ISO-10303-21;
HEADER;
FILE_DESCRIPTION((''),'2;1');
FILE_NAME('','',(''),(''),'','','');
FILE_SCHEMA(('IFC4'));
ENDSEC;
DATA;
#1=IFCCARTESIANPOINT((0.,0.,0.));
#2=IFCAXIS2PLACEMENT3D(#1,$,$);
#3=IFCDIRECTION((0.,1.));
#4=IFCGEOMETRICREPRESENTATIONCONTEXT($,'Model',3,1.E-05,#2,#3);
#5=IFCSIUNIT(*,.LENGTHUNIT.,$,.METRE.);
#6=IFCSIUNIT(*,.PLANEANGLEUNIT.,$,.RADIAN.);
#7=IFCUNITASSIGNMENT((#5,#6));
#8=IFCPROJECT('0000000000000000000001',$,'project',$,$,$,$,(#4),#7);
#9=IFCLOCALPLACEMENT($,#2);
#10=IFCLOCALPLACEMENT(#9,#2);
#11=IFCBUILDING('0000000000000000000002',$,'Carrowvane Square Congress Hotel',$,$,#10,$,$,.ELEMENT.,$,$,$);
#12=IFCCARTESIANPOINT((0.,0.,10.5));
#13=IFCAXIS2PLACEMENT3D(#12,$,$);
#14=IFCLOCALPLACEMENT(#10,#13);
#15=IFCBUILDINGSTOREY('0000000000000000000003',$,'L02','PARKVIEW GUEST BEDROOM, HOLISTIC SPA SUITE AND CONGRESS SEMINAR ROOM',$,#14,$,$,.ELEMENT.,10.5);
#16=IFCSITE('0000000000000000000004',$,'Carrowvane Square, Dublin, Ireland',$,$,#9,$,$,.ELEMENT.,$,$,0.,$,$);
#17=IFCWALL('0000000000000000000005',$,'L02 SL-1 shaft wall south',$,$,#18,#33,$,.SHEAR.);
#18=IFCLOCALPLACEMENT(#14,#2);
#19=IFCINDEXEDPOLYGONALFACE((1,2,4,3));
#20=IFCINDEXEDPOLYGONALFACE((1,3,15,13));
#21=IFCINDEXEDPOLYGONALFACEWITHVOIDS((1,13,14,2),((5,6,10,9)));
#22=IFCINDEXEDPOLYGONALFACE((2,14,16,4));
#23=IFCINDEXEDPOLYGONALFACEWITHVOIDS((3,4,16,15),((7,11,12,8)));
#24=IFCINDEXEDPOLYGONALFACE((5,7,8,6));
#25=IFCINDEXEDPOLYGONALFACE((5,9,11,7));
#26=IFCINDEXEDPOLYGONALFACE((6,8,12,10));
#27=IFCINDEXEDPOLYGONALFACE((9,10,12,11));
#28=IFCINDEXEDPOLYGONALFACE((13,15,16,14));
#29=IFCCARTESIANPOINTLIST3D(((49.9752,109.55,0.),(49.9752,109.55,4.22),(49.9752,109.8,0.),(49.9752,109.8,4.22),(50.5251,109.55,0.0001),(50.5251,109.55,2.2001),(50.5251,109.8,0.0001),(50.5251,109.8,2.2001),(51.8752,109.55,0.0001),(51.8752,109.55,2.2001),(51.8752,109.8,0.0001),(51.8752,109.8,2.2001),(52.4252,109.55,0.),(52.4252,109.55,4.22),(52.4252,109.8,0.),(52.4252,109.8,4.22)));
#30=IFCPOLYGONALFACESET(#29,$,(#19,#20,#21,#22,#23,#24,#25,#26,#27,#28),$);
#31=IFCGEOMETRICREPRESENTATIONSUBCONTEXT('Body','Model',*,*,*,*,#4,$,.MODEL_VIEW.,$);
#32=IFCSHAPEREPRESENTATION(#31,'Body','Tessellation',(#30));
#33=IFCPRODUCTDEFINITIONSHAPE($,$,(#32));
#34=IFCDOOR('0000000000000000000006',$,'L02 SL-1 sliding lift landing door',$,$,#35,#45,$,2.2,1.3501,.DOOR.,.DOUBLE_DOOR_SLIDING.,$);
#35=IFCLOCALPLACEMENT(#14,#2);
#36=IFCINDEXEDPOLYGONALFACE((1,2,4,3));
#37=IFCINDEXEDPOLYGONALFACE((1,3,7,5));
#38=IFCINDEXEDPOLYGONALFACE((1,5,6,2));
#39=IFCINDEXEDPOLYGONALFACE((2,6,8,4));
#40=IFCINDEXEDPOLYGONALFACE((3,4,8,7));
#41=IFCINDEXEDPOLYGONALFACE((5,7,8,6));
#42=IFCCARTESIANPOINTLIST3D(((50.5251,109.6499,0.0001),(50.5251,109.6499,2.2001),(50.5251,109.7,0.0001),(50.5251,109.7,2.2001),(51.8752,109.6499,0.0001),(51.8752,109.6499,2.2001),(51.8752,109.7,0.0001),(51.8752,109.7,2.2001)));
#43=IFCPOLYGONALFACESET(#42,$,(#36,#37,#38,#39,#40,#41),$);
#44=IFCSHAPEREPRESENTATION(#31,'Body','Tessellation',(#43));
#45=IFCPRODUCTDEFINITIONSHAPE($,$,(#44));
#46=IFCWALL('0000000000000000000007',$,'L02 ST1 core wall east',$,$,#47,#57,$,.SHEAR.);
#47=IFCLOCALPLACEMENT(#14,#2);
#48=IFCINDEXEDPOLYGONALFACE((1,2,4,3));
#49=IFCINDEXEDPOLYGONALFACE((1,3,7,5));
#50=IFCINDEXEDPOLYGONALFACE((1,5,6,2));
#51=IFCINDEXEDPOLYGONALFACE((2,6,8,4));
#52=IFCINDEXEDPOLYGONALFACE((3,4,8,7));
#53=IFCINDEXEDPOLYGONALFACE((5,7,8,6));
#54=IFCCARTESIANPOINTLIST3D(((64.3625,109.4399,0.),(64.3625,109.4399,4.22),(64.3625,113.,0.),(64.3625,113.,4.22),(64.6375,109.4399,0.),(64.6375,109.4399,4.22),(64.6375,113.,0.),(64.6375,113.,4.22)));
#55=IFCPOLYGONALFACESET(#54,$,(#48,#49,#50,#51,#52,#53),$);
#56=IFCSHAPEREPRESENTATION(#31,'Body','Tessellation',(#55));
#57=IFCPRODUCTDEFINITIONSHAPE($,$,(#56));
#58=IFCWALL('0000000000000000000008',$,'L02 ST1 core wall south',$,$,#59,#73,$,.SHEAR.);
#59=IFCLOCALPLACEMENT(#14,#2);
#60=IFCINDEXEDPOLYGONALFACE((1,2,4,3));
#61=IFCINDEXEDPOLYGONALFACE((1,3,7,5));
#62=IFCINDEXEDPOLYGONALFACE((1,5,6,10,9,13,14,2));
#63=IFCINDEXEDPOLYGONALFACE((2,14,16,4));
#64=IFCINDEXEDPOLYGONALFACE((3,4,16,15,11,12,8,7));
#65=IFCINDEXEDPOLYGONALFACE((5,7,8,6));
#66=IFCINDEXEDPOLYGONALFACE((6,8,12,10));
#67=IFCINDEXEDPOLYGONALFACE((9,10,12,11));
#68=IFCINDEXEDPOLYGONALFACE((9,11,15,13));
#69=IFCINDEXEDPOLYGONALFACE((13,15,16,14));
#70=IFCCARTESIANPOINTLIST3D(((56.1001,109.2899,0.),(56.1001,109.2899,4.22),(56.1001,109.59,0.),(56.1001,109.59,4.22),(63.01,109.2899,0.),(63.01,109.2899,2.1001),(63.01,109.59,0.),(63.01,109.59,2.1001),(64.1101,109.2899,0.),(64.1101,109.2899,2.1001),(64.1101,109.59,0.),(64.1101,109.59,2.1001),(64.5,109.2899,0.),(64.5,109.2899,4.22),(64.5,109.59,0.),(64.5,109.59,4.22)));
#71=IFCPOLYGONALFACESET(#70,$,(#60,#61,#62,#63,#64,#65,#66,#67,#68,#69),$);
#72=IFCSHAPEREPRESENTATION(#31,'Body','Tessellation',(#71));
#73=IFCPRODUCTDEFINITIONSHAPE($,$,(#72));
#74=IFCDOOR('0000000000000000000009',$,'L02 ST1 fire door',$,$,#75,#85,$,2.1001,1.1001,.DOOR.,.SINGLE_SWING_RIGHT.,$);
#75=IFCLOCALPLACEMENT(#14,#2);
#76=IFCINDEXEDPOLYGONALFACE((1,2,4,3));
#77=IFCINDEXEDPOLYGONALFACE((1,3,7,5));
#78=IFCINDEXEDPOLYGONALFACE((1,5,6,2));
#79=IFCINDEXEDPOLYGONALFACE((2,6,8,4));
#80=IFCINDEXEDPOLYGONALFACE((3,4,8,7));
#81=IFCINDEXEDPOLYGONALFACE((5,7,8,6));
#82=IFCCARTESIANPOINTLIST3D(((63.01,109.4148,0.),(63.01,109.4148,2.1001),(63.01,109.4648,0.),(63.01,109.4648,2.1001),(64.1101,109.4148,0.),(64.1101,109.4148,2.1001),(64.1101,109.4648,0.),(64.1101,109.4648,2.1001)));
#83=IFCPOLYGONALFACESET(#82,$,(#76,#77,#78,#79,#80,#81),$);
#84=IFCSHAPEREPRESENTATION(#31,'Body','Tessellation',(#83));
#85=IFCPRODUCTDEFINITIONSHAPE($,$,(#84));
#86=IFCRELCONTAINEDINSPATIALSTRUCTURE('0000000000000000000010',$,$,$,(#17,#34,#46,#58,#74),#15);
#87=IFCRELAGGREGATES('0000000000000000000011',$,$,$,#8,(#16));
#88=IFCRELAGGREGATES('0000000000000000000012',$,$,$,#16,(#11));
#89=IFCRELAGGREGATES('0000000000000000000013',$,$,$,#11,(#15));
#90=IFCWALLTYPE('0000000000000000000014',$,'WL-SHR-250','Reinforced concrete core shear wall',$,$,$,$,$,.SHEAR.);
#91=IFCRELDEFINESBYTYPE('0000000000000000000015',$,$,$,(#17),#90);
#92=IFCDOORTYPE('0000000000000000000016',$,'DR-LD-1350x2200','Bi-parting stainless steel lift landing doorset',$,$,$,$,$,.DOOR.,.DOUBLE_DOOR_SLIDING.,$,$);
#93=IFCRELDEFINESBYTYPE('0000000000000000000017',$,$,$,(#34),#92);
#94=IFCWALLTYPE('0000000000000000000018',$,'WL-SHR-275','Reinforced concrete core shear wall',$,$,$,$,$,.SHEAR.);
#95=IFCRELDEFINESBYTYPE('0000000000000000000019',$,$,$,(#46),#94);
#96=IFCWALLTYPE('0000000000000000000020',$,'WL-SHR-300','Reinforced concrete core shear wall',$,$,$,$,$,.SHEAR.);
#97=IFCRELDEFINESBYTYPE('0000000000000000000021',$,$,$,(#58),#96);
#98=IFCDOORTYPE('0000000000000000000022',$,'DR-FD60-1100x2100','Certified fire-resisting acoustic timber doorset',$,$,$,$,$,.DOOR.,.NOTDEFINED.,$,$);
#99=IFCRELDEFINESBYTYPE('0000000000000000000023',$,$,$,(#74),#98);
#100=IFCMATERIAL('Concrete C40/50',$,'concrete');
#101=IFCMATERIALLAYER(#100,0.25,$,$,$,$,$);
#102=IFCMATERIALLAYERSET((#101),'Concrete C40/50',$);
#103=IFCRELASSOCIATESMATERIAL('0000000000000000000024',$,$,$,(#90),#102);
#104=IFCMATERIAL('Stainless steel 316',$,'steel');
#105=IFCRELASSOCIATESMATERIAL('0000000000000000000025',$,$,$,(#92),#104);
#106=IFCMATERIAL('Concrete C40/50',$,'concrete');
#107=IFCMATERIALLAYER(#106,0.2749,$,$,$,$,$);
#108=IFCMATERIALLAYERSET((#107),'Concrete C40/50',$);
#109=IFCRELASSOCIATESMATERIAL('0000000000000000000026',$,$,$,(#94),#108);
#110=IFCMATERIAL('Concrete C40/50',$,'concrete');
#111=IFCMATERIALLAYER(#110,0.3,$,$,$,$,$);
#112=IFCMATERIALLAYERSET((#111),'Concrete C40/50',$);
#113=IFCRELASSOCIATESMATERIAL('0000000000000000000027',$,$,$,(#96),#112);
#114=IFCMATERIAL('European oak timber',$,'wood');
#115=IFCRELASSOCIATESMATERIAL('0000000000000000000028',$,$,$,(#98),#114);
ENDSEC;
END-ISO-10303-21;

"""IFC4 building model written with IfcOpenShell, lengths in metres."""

from ifc_helpers import new_model, si_unit, direction, frame, frame_2d, origin, place, context, subcontext, project, spatial, rectangle, extrude, material, layer, layer_set, type_object, element, fill, save


model = new_model("IFC4")

# Units and contexts
model_context = context("Model", 3, precision=1e-05, world=origin(), true_north=direction((0.0, 1.0)))
body_context = subcontext(model_context, "Body", "Model", "MODEL_VIEW")
ifc_project = project(units=[si_unit("LENGTHUNIT", "METRE"), si_unit("PLANEANGLEUNIT", "RADIAN")], contexts=[model_context])

# Site, building, storey
site_placement = place(None, origin())
site = spatial("IfcSite", under=ifc_project, at=site_placement, Name="Carrowvane Square, Dublin, Ireland", CompositionType="ELEMENT", RefElevation=0.0)
building_placement = place(site_placement, origin())
building = spatial("IfcBuilding", under=site, at=building_placement, Name="Carrowvane Square Congress Hotel", CompositionType="ELEMENT")
storey_placement = place(building_placement, frame((0.0, 0.0, 10.5)))
storey = spatial("IfcBuildingStorey", under=building, at=storey_placement, Name="L02", Description="PARKVIEW GUEST BEDROOM, HOLISTIC SPA SUITE AND CONGRESS SEMINAR ROOM", CompositionType="ELEMENT", Elevation=10.5)

# Wall, opening, door
ifc_material_1 = material(Name="Concrete C40/50", Category="concrete")
ifc_layer_1 = layer(ifc_material_1, 0.25)
ifc_layer_set_1 = layer_set([ifc_layer_1], Name="Concrete C40/50")
wall_type_1 = type_object("IfcWallType", Name="WL-SHR-250", Description="Reinforced concrete core shear wall", PredefinedType="SHEAR", material=ifc_layer_set_1)
wall_1_placement = place(storey_placement, frame((49.9751, 109.675, 0.0), z_axis=(0.0, 0.0, 1.0), x_axis=(1.0, 0.0, 0.0)))
wall_1 = element("IfcWall", 1, at=wall_1_placement, inside=storey, type_object=wall_type_1, Name="L02 SL-1 shaft wall south", PredefinedType="SHEAR", context=body_context, shape_type="SweptSolid", body=[
    extrude(rectangle(XDim=2.45, YDim=0.25, at=frame_2d((1.2251, 0.0))), origin(), (0.0, 0.0, 1.0), 4.22),
])
opening_1_placement = place(wall_1_placement, frame((0.55, 0.0, 0.0)))
opening_1 = element("IfcOpeningElement", 2, at=opening_1_placement, cuts=wall_1, PredefinedType="OPENING", context=body_context, shape_type="SweptSolid", body=[
    extrude(rectangle(XDim=1.3501, YDim=2.2, at=frame_2d((0.675, 1.1001))), frame((0.0, 0.135, 0.0), z_axis=(0.0, -1.0, 0.0), x_axis=(1.0, 0.0, 0.0)), (0.0, 0.0, 1.0), 0.27),
])
ifc_material_2 = material(Name="Stainless steel 316", Category="steel")
door_type_1 = type_object("IfcDoorType", Name="DR-LD-1350x2200", Description="Bi-parting stainless steel lift landing doorset", OperationType="DOUBLE_DOOR_SLIDING", PredefinedType="DOOR", material=ifc_material_2)
door_1_placement = place(opening_1_placement, origin())
door_1 = element("IfcDoor", 3, at=door_1_placement, inside=storey, type_object=door_type_1, Name="L02 SL-1 sliding lift landing door", OperationType="DOUBLE_DOOR_SLIDING", OverallHeight=2.2, OverallWidth=1.3501, PredefinedType="DOOR", context=body_context, shape_type="SweptSolid", body=[
    extrude(rectangle(XDim=1.3501, YDim=2.2, at=frame_2d((0.675, 1.1001))), frame((0.0, 0.0249, 0.0), z_axis=(0.0, -1.0, 0.0), x_axis=(1.0, 0.0, 0.0)), (0.0, 0.0, 1.0), 0.05),
])
fill(opening_1, door_1)

# Wall
ifc_material_3 = material(Name="Concrete C40/50", Category="concrete")
ifc_layer_2 = layer(ifc_material_3, 0.2749)
ifc_layer_set_2 = layer_set([ifc_layer_2], Name="Concrete C40/50")
wall_type_2 = type_object("IfcWallType", Name="WL-SHR-275", Description="Reinforced concrete core shear wall", PredefinedType="SHEAR", material=ifc_layer_set_2)
wall_2_placement = place(storey_placement, frame((64.5, 109.4399, 0.0), z_axis=(0.0, 0.0, 1.0), x_axis=(0.0, 1.0, 0.0)))
element("IfcWall", 4, at=wall_2_placement, inside=storey, type_object=wall_type_2, Name="L02 ST1 core wall east", PredefinedType="SHEAR", context=body_context, shape_type="SweptSolid", body=[
    extrude(rectangle(XDim=3.5601, YDim=0.2749, at=frame_2d((1.78, 0.0))), origin(), (0.0, 0.0, 1.0), 4.22),
])

# Wall, opening, door
ifc_material_4 = material(Name="Concrete C40/50", Category="concrete")
ifc_layer_3 = layer(ifc_material_4, 0.3)
ifc_layer_set_3 = layer_set([ifc_layer_3], Name="Concrete C40/50")
wall_type_3 = type_object("IfcWallType", Name="WL-SHR-300", Description="Reinforced concrete core shear wall", PredefinedType="SHEAR", material=ifc_layer_set_3)
wall_3_placement = place(storey_placement, frame((56.1001, 109.4399, 0.0), z_axis=(0.0, 0.0, 1.0), x_axis=(1.0, 0.0, 0.0)))
wall_3 = element("IfcWall", 5, at=wall_3_placement, inside=storey, type_object=wall_type_3, Name="L02 ST1 core wall south", PredefinedType="SHEAR", context=body_context, shape_type="SweptSolid", body=[
    extrude(rectangle(XDim=8.3999, YDim=0.3, at=frame_2d((4.2, 0.0))), origin(), (0.0, 0.0, 1.0), 4.22),
])
opening_2_placement = place(wall_3_placement, frame((6.9099, 0.0, 0.0)))
opening_2 = element("IfcOpeningElement", 6, at=opening_2_placement, cuts=wall_3, PredefinedType="OPENING", context=body_context, shape_type="SweptSolid", body=[
    extrude(rectangle(XDim=1.1001, YDim=2.1001, at=frame_2d((0.55, 1.05))), frame((0.0, 0.1599, 0.0), z_axis=(0.0, -1.0, 0.0), x_axis=(1.0, 0.0, 0.0)), (0.0, 0.0, 1.0), 0.3201),
])
ifc_material_5 = material(Name="European oak timber", Category="wood")
door_type_2 = type_object("IfcDoorType", Name="DR-FD60-1100x2100", Description="Certified fire-resisting acoustic timber doorset", OperationType="NOTDEFINED", PredefinedType="DOOR", material=ifc_material_5)
door_2_placement = place(opening_2_placement, origin())
door_2 = element("IfcDoor", 7, at=door_2_placement, inside=storey, type_object=door_type_2, Name="L02 ST1 fire door", OperationType="SINGLE_SWING_RIGHT", OverallHeight=2.1001, OverallWidth=1.1001, PredefinedType="DOOR", context=body_context, shape_type="SweptSolid", body=[
    extrude(rectangle(XDim=1.1001, YDim=2.1001, at=frame_2d((0.55, 1.05))), frame((0.0, 0.0249, 0.0), z_axis=(0.0, -1.0, 0.0), x_axis=(1.0, 0.0, 0.0)), (0.0, 0.0, 1.0), 0.05),
])
fill(opening_2, door_2)

save(model, "model.ifc")
